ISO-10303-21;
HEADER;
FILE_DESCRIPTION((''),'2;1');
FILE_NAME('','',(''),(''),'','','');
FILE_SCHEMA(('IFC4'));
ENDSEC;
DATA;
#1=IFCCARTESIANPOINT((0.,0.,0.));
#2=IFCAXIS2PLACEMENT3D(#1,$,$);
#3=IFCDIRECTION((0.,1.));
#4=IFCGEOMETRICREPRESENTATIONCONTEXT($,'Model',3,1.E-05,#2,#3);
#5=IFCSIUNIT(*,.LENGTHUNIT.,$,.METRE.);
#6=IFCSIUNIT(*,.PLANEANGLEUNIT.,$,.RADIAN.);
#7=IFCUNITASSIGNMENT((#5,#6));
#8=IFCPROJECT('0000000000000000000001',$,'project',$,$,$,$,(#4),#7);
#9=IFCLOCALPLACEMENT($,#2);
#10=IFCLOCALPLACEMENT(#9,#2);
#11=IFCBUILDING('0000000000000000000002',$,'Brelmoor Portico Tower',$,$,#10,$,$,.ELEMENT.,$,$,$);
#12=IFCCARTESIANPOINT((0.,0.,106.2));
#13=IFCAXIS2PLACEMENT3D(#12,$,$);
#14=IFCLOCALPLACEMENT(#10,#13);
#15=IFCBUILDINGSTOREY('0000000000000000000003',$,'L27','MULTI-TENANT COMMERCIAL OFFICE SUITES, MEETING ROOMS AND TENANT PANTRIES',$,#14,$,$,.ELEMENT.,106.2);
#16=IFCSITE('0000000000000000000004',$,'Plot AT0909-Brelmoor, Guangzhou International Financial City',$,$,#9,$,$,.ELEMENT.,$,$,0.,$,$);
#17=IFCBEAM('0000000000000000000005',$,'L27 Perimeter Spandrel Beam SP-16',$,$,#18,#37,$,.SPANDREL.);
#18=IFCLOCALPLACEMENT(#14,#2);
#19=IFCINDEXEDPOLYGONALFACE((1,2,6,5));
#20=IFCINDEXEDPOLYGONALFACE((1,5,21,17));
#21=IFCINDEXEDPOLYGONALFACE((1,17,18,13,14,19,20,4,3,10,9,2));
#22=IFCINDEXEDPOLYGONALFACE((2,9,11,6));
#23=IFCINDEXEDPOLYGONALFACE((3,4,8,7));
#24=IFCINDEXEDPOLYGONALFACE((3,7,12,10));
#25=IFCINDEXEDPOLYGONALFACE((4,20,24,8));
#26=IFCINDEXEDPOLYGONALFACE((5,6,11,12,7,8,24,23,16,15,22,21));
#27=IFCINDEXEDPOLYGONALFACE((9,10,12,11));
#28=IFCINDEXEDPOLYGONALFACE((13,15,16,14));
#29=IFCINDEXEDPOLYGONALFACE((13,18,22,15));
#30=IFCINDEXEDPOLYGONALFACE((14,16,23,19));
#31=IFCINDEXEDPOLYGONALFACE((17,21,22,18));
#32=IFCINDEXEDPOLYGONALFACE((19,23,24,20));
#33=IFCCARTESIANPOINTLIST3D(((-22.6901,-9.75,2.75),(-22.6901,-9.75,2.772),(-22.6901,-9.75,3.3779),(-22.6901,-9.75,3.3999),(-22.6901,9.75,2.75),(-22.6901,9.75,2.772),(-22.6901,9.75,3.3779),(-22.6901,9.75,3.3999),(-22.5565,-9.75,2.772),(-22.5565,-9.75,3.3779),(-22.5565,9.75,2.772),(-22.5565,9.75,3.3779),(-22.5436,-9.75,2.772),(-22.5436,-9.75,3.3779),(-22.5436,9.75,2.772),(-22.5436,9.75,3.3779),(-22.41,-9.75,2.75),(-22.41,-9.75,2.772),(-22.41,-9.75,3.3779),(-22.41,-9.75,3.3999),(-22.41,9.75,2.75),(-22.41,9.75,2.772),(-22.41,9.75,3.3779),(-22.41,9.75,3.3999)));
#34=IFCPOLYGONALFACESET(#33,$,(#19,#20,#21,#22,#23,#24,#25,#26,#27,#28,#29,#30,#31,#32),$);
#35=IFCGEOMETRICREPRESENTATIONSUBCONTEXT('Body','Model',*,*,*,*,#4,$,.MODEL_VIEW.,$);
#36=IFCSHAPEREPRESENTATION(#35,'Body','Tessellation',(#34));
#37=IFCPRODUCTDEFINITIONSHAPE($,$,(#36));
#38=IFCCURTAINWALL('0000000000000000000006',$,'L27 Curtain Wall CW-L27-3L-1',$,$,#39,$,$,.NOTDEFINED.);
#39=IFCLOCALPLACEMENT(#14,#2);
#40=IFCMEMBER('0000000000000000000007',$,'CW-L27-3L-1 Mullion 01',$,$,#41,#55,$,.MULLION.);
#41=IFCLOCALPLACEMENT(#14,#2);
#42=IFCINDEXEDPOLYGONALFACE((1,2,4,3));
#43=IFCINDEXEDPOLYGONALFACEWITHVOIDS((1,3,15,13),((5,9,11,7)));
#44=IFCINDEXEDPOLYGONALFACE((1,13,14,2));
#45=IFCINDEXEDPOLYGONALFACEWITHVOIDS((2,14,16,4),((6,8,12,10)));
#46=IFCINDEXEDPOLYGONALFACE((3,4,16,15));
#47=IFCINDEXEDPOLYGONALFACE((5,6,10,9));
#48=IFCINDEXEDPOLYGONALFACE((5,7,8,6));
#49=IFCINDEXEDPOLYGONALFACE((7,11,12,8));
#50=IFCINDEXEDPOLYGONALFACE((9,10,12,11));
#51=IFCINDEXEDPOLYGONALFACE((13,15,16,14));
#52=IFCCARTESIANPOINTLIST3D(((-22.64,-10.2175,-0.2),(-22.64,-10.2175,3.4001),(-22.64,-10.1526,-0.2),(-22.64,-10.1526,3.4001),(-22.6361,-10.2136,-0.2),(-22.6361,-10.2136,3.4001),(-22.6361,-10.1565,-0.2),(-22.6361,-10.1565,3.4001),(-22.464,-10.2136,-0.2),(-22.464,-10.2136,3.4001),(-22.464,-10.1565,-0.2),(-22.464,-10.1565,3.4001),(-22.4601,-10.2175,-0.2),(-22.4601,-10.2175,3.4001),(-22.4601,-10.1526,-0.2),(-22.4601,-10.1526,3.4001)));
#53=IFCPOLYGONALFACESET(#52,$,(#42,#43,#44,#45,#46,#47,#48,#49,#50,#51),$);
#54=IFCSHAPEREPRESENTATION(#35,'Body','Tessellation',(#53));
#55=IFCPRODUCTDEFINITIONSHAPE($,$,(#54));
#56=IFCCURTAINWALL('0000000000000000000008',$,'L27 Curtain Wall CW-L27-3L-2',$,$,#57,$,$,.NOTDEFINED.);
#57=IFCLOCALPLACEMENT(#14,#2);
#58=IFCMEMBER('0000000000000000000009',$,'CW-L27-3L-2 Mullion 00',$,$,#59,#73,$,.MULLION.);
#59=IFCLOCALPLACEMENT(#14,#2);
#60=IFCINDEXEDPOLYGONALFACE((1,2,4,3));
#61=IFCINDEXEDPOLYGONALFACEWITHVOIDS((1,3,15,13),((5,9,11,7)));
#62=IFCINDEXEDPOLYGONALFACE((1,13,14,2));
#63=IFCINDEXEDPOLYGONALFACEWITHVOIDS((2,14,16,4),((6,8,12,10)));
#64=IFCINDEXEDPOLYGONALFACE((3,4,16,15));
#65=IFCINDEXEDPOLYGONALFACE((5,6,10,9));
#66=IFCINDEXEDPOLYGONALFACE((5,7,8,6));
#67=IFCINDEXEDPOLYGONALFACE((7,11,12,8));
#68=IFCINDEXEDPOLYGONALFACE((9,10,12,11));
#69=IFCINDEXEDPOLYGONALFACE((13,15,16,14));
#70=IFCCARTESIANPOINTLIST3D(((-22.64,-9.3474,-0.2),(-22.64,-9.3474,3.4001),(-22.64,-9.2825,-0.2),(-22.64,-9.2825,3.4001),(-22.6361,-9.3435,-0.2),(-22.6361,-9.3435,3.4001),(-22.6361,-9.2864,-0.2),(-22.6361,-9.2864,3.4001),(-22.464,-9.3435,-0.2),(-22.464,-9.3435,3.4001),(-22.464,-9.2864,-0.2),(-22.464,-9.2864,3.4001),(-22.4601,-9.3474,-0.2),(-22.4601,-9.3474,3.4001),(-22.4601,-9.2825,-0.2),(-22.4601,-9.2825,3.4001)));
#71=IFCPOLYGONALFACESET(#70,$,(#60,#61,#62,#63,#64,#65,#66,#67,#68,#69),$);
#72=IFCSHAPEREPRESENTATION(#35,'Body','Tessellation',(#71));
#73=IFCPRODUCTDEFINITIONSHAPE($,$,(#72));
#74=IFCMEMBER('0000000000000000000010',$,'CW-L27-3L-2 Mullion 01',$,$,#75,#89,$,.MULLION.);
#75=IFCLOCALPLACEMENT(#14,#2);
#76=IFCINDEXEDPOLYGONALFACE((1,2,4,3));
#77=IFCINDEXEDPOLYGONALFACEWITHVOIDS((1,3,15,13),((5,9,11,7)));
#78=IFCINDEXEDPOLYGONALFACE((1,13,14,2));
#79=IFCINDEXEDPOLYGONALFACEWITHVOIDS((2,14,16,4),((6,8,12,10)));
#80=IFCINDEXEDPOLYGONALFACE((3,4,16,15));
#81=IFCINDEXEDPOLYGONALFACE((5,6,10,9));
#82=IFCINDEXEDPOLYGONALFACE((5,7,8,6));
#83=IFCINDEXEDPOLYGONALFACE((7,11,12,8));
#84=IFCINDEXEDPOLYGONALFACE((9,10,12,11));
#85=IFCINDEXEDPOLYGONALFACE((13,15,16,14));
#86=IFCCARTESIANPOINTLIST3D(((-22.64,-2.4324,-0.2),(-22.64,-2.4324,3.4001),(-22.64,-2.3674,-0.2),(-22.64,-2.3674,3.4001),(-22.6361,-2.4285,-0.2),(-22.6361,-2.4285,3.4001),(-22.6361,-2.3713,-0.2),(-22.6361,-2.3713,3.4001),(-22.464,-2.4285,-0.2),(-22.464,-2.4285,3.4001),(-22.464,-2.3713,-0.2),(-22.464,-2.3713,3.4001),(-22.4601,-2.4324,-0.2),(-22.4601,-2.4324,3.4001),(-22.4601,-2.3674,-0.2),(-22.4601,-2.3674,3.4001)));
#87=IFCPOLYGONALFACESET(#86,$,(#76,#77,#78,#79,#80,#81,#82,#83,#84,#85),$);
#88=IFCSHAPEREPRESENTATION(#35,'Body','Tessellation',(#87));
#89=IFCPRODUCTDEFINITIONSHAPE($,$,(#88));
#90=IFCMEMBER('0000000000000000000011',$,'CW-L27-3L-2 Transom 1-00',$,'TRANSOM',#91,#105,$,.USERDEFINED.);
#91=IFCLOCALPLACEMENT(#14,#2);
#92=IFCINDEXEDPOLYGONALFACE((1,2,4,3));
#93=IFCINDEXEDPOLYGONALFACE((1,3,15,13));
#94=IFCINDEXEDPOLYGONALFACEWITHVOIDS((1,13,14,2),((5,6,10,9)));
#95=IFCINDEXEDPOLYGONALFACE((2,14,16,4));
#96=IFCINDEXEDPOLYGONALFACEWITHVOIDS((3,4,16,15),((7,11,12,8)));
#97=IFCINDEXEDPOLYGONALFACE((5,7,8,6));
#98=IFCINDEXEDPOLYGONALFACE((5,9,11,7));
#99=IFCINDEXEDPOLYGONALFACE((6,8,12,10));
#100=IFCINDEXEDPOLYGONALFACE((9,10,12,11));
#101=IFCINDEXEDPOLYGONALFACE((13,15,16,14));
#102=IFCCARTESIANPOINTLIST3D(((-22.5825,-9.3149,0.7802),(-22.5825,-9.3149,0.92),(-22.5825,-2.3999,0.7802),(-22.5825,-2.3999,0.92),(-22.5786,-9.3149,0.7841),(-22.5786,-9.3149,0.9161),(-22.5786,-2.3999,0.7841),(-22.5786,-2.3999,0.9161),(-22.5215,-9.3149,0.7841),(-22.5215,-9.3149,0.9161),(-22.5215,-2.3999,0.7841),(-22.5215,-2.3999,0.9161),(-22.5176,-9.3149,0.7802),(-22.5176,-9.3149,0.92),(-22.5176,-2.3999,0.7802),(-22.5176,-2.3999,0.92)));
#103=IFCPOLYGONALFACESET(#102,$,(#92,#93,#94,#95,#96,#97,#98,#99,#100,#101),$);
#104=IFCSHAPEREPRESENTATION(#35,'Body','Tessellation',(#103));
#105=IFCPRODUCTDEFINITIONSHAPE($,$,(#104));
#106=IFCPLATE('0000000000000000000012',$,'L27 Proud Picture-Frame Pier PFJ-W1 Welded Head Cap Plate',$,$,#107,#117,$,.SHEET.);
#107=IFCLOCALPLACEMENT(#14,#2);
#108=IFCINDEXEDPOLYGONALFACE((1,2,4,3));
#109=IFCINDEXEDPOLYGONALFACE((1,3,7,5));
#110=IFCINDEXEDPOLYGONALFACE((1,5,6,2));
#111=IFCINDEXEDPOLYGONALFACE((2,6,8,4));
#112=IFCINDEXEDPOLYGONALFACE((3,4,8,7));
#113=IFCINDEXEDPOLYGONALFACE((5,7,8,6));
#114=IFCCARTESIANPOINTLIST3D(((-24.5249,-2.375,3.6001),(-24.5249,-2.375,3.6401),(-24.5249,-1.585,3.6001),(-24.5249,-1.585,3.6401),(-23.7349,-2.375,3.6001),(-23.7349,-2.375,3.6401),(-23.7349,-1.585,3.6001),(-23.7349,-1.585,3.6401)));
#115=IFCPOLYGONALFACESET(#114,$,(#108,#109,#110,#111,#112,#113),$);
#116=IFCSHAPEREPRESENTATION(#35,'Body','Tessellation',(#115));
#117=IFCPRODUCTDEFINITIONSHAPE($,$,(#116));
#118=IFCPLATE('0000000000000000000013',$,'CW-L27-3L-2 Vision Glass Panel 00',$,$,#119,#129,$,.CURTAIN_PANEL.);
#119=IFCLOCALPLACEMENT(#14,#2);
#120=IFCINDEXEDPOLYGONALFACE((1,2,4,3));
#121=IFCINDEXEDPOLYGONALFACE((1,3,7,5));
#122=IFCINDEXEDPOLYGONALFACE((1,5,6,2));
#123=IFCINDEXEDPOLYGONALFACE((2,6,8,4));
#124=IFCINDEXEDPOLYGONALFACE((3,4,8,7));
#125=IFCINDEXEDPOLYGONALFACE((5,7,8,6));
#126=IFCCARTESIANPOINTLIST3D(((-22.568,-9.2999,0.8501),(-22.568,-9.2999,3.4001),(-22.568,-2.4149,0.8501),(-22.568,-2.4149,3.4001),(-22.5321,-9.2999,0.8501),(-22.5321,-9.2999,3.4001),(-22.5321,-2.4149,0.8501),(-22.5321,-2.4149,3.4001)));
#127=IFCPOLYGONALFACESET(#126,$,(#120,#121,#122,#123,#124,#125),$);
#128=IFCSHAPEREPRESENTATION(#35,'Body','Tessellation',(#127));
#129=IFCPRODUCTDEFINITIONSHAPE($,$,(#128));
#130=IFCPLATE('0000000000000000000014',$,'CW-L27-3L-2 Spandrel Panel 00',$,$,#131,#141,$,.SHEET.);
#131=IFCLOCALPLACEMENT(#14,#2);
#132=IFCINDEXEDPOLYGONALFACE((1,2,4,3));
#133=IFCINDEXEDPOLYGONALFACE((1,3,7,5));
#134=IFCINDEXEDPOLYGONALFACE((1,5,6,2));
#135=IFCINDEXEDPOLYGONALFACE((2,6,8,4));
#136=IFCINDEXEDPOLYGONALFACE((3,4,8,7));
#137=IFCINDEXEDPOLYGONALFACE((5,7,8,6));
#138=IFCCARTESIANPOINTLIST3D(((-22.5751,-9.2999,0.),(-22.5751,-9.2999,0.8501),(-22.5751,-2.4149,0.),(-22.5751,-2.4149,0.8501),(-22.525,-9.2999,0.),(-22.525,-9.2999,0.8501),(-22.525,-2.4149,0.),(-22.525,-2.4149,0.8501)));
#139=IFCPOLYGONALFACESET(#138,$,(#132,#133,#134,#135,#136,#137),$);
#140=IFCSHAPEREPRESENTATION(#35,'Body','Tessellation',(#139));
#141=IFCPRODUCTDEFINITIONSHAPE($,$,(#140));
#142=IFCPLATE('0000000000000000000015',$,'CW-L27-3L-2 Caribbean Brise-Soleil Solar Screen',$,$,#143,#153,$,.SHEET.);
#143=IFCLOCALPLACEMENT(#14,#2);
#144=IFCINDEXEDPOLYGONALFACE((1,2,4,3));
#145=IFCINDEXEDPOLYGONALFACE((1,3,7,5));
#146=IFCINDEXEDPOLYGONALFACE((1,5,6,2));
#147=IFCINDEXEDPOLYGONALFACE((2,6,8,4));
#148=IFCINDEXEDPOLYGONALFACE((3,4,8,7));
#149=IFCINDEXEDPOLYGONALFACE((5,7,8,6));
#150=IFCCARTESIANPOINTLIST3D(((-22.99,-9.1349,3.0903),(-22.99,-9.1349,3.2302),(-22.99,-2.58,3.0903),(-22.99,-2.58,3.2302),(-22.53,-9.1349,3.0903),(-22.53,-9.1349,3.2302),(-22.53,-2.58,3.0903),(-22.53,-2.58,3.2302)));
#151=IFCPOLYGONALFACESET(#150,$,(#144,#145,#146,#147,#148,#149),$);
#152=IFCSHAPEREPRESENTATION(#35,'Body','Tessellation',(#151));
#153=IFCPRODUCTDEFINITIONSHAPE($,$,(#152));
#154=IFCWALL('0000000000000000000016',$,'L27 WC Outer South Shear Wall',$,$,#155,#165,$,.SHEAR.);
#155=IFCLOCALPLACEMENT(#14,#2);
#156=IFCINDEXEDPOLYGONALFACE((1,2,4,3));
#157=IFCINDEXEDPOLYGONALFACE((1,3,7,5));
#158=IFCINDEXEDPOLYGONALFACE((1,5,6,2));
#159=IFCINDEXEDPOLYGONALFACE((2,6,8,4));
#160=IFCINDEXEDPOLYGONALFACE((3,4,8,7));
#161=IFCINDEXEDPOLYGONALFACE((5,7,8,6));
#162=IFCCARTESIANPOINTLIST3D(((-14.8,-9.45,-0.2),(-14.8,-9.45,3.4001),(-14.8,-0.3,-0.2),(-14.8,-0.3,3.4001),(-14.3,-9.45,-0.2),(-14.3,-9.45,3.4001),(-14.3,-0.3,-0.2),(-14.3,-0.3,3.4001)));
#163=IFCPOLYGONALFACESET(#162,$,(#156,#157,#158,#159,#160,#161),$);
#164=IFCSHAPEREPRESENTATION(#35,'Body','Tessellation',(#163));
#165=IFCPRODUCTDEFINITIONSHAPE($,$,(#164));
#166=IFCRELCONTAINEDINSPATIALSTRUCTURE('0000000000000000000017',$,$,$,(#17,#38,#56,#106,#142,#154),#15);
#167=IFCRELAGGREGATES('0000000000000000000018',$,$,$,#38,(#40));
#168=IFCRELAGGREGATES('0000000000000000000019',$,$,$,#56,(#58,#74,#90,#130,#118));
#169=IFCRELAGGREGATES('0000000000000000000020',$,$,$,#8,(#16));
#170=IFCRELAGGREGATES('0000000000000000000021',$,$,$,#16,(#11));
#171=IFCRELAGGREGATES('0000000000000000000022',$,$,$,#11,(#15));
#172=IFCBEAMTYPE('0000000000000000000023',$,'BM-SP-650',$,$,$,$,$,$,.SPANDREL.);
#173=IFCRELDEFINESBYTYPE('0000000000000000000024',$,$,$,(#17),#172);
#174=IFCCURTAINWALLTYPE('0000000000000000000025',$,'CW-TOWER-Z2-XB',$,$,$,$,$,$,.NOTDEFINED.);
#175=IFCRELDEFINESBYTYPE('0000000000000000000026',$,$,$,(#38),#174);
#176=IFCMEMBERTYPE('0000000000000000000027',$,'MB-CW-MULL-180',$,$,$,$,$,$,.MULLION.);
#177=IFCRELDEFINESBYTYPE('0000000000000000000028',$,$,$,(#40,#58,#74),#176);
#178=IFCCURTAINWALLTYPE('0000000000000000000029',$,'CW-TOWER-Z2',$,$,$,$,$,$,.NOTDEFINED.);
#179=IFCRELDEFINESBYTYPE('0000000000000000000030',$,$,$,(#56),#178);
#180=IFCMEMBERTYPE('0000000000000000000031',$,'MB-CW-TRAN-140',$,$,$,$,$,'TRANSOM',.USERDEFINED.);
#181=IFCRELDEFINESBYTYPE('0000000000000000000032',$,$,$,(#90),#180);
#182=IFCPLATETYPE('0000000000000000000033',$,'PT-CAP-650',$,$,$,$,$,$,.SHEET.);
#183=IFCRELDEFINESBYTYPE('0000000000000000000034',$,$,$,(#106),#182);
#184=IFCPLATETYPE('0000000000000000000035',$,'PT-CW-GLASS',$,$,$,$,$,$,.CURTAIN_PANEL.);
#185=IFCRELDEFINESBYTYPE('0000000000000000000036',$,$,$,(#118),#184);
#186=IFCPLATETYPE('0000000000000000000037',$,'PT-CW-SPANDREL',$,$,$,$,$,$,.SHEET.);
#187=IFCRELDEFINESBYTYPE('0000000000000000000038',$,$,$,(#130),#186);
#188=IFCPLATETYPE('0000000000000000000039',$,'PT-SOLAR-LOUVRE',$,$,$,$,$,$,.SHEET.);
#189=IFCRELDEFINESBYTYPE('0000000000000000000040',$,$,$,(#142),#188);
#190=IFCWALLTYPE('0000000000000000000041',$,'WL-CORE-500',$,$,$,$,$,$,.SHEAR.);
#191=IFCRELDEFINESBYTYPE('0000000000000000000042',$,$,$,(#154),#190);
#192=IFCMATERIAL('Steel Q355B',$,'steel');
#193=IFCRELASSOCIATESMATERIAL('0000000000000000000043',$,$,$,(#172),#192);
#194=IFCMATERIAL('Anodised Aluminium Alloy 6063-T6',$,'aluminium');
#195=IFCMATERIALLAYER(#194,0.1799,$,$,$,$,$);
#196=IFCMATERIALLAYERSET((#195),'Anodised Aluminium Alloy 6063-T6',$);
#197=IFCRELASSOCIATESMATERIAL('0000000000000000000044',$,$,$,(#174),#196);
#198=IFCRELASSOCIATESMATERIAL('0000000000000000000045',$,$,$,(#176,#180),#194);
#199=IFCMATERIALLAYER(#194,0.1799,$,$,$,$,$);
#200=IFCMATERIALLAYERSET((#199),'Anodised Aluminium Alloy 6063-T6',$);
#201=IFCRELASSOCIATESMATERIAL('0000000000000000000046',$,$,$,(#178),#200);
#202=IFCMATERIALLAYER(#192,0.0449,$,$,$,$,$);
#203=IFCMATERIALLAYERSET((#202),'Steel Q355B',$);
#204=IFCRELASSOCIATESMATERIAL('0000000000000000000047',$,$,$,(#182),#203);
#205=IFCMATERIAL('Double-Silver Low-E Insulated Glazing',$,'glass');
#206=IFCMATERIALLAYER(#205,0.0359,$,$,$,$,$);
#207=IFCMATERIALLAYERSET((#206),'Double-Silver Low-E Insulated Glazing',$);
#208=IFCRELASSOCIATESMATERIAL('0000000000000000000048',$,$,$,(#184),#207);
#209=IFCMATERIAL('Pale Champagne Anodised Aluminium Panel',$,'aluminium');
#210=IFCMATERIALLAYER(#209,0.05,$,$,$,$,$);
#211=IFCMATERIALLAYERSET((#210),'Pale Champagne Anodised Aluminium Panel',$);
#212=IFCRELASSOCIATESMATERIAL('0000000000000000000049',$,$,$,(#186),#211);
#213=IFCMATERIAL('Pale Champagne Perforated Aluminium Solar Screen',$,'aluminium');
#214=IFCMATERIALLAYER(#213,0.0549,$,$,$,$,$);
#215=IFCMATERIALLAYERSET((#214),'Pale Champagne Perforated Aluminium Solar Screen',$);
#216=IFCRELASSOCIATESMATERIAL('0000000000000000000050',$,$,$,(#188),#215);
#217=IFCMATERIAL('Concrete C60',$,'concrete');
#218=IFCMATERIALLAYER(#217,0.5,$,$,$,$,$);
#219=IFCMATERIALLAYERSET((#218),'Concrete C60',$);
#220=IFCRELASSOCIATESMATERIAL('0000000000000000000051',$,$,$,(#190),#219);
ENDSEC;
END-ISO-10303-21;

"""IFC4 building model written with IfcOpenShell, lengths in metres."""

from ifc_helpers import new_model, si_unit, direction, frame, frame_2d, origin, origin_2d, place, context, subcontext, project, spatial, rectangle, hollow_rectangle, i_section, extrude, material, layer, layer_set, material_profile, profile_set, type_object, element, aggregate, save


model = new_model("IFC4")

# Units and contexts
model_context = context("Model", 3, precision=1e-05, world=origin(), true_north=direction((0.0, 1.0)))
body_context = subcontext(model_context, "Body", "Model", "MODEL_VIEW")
ifc_project = project(units=[si_unit("LENGTHUNIT", "METRE"), si_unit("PLANEANGLEUNIT", "RADIAN")], contexts=[model_context])

# Site, building, storey
site_placement = place(None, origin())
site = spatial("IfcSite", under=ifc_project, at=site_placement, Name="Plot AT0909-Brelmoor, Guangzhou International Financial City", CompositionType="ELEMENT", RefElevation=0.0)
building_placement = place(site_placement, origin())
building = spatial("IfcBuilding", under=site, at=building_placement, Name="Brelmoor Portico Tower", CompositionType="ELEMENT")
storey_placement = place(building_placement, frame((0.0, 0.0, 106.2)))
storey = spatial("IfcBuildingStorey", under=building, at=storey_placement, Name="L27", Description="MULTI-TENANT COMMERCIAL OFFICE SUITES, MEETING ROOMS AND TENANT PANTRIES", CompositionType="ELEMENT", Elevation=106.2)

# Shared definitions
ifc_material_1 = material(Name="Steel Q355B", Category="steel")

# Beam
ifc_material_profile_1 = material_profile(ifc_material_1, i_section(OverallWidth=0.28, OverallDepth=0.6499, WebThickness=0.0129, FlangeThickness=0.022, at=origin_2d()), Name="HN 650x280x13x22")
ifc_profile_set_1 = profile_set([ifc_material_profile_1], Name="Steel Q355B")
beam_type_1 = type_object("IfcBeamType", Name="BM-SP-650", PredefinedType="SPANDREL", material=ifc_profile_set_1)
beam_1_placement = place(storey_placement, frame((-22.55, -9.75, 3.075), z_axis=(0.0, 1.0, 0.0), x_axis=(-1.0, 0.0, 0.0)))
element("IfcBeam", 1, at=beam_1_placement, inside=storey, type_object=beam_type_1, Name="L27 Perimeter Spandrel Beam SP-16", PredefinedType="SPANDREL", context=body_context, shape_type="SweptSolid", body=[
    extrude(i_section(OverallWidth=0.28, OverallDepth=0.6499, WebThickness=0.0129, FlangeThickness=0.022, at=origin_2d()), origin(), (0.0, 0.0, 1.0), 19.5),
])

# Curtain wall, member
ifc_material_2 = material(Name="Anodised Aluminium Alloy 6063-T6", Category="aluminium")
ifc_layer_1 = layer(ifc_material_2, 0.1799)
ifc_layer_set_1 = layer_set([ifc_layer_1], Name="Anodised Aluminium Alloy 6063-T6")
curtain_wall_type_1 = type_object("IfcCurtainWallType", Name="CW-TOWER-Z2-XB", PredefinedType="NOTDEFINED", material=ifc_layer_set_1)
curtain_wall_1_placement = place(storey_placement, origin())
curtain_wall_1 = element("IfcCurtainWall", 2, at=curtain_wall_1_placement, inside=storey, type_object=curtain_wall_type_1, Name="L27 Curtain Wall CW-L27-3L-1", PredefinedType="NOTDEFINED")
ifc_material_profile_2 = material_profile(ifc_material_2, hollow_rectangle(XDim=0.0649, YDim=0.1799, WallThickness=0.0039, at=origin_2d()), Name="ALU MULLION 65x180")
ifc_profile_set_2 = profile_set([ifc_material_profile_2], Name="Anodised Aluminium Alloy 6063-T6")
member_type_1 = type_object("IfcMemberType", Name="MB-CW-MULL-180", PredefinedType="MULLION", material=ifc_profile_set_2)
member_1_placement = place(storey_placement, frame((-22.55, -10.1851, -0.2), z_axis=(0.0, 0.0, 1.0), x_axis=(0.0, 1.0, 0.0)))
member_1 = element("IfcMember", 3, at=member_1_placement, type_object=member_type_1, Name="CW-L27-3L-1 Mullion 01", PredefinedType="MULLION", context=body_context, shape_type="SweptSolid", body=[
    extrude(hollow_rectangle(XDim=0.0649, YDim=0.1799, WallThickness=0.0039, at=origin_2d()), origin(), (0.0, 0.0, 1.0), 3.6001),
])
aggregate(curtain_wall_1, [member_1])

# Curtain wall, members
ifc_layer_2 = layer(ifc_material_2, 0.1799)
ifc_layer_set_2 = layer_set([ifc_layer_2], Name="Anodised Aluminium Alloy 6063-T6")
curtain_wall_type_2 = type_object("IfcCurtainWallType", Name="CW-TOWER-Z2", PredefinedType="NOTDEFINED", material=ifc_layer_set_2)
curtain_wall_2_placement = place(storey_placement, origin())
curtain_wall_2 = element("IfcCurtainWall", 4, at=curtain_wall_2_placement, inside=storey, type_object=curtain_wall_type_2, Name="L27 Curtain Wall CW-L27-3L-2", PredefinedType="NOTDEFINED")
member_2_placement = place(storey_placement, frame((-22.55, -9.3149, -0.2), z_axis=(0.0, 0.0, 1.0), x_axis=(0.0, 1.0, 0.0)))
member_2 = element("IfcMember", 5, at=member_2_placement, type_object=member_type_1, Name="CW-L27-3L-2 Mullion 00", PredefinedType="MULLION", context=body_context, shape_type="SweptSolid", body=[
    extrude(hollow_rectangle(XDim=0.0649, YDim=0.1799, WallThickness=0.0039, at=origin_2d()), origin(), (0.0, 0.0, 1.0), 3.6001),
])
member_3_placement = place(storey_placement, frame((-22.55, -2.3999, -0.2), z_axis=(0.0, 0.0, 1.0), x_axis=(0.0, 1.0, 0.0)))
member_3 = element("IfcMember", 6, at=member_3_placement, type_object=member_type_1, Name="CW-L27-3L-2 Mullion 01", PredefinedType="MULLION", context=body_context, shape_type="SweptSolid", body=[
    extrude(hollow_rectangle(XDim=0.0649, YDim=0.1799, WallThickness=0.0039, at=origin_2d()), origin(), (0.0, 0.0, 1.0), 3.6001),
])
ifc_material_profile_3 = material_profile(ifc_material_2, hollow_rectangle(XDim=0.0649, YDim=0.1399, WallThickness=0.0039, at=origin_2d()), Name="ALU TRANSOM 65x140")
ifc_profile_set_3 = profile_set([ifc_material_profile_3], Name="Anodised Aluminium Alloy 6063-T6")
member_type_2 = type_object("IfcMemberType", Name="MB-CW-TRAN-140", ElementType="TRANSOM", PredefinedType="USERDEFINED", material=ifc_profile_set_3)
member_4_placement = place(storey_placement, frame((-22.55, -9.3149, 0.8501), z_axis=(0.0, 1.0, 0.0), x_axis=(-1.0, 0.0, 0.0)))
member_4 = element("IfcMember", 7, at=member_4_placement, type_object=member_type_2, Name="CW-L27-3L-2 Transom 1-00", ObjectType="TRANSOM", PredefinedType="USERDEFINED", context=body_context, shape_type="SweptSolid", body=[
    extrude(hollow_rectangle(XDim=0.0649, YDim=0.1399, WallThickness=0.0039, at=origin_2d()), origin(), (0.0, 0.0, 1.0), 6.915),
])

# Plates
ifc_layer_3 = layer(ifc_material_1, 0.0449)
ifc_layer_set_3 = layer_set([ifc_layer_3], Name="Steel Q355B")
plate_type_1 = type_object("IfcPlateType", Name="PT-CAP-650", PredefinedType="SHEET", material=ifc_layer_set_3)
plate_1_placement = place(storey_placement, frame((-24.1299, -1.98, 3.6001), z_axis=(0.0, 0.0, 1.0), x_axis=(0.0, 1.0, 0.0)))
element("IfcPlate", 8, at=plate_1_placement, inside=storey, type_object=plate_type_1, Name="L27 Proud Picture-Frame Pier PFJ-W1 Welded Head Cap Plate", PredefinedType="SHEET", context=body_context, shape_type="SweptSolid", body=[
    extrude(rectangle(XDim=0.79, YDim=0.79, at=origin_2d()), origin(), (0.0, 0.0, 1.0), 0.04),
])
ifc_material_3 = material(Name="Double-Silver Low-E Insulated Glazing", Category="glass")
ifc_layer_4 = layer(ifc_material_3, 0.0359)
ifc_layer_set_4 = layer_set([ifc_layer_4], Name="Double-Silver Low-E Insulated Glazing")
plate_type_2 = type_object("IfcPlateType", Name="PT-CW-GLASS", PredefinedType="CURTAIN_PANEL", material=ifc_layer_set_4)
plate_2_placement = place(storey_placement, frame((-22.55, -5.8574, 0.8501), z_axis=(0.0, 0.0, 1.0), x_axis=(0.0, 1.0, 0.0)))
plate_2 = element("IfcPlate", 9, at=plate_2_placement, type_object=plate_type_2, Name="CW-L27-3L-2 Vision Glass Panel 00", PredefinedType="CURTAIN_PANEL", context=body_context, shape_type="SweptSolid", body=[
    extrude(rectangle(XDim=6.885, YDim=0.0359, at=origin_2d()), origin(), (0.0, 0.0, 1.0), 2.55),
])
ifc_material_4 = material(Name="Pale Champagne Anodised Aluminium Panel", Category="aluminium")
ifc_layer_5 = layer(ifc_material_4, 0.05)
ifc_layer_set_5 = layer_set([ifc_layer_5], Name="Pale Champagne Anodised Aluminium Panel")
plate_type_3 = type_object("IfcPlateType", Name="PT-CW-SPANDREL", PredefinedType="SHEET", material=ifc_layer_set_5)
plate_3_placement = place(storey_placement, frame((-22.55, -5.8574, 0.0), z_axis=(0.0, 0.0, 1.0), x_axis=(0.0, 1.0, 0.0)))
plate_3 = element("IfcPlate", 10, at=plate_3_placement, type_object=plate_type_3, Name="CW-L27-3L-2 Spandrel Panel 00", PredefinedType="SHEET", context=body_context, shape_type="SweptSolid", body=[
    extrude(rectangle(XDim=6.885, YDim=0.05, at=origin_2d()), origin(), (0.0, 0.0, 1.0), 0.8501),
])
aggregate(curtain_wall_2, [member_2, member_3, member_4, plate_3, plate_2])
ifc_material_5 = material(Name="Pale Champagne Perforated Aluminium Solar Screen", Category="aluminium")
ifc_layer_6 = layer(ifc_material_5, 0.0549)
ifc_layer_set_6 = layer_set([ifc_layer_6], Name="Pale Champagne Perforated Aluminium Solar Screen")
plate_type_4 = type_object("IfcPlateType", Name="PT-SOLAR-LOUVRE", PredefinedType="SHEET", material=ifc_layer_set_6)
plate_4_placement = place(storey_placement, frame((-22.76, -5.8574, 3.0903), z_axis=(0.0, 0.0, 1.0), x_axis=(0.0, 1.0, 0.0)))
element("IfcPlate", 11, at=plate_4_placement, inside=storey, type_object=plate_type_4, Name="CW-L27-3L-2 Caribbean Brise-Soleil Solar Screen", PredefinedType="SHEET", context=body_context, shape_type="SweptSolid", body=[
    extrude(rectangle(XDim=6.5549, YDim=0.46, at=origin_2d()), origin(), (0.0, 0.0, 1.0), 0.1399),
])

# Wall
ifc_material_6 = material(Name="Concrete C60", Category="concrete")
ifc_layer_7 = layer(ifc_material_6, 0.5)
ifc_layer_set_7 = layer_set([ifc_layer_7], Name="Concrete C60")
wall_type_1 = type_object("IfcWallType", Name="WL-CORE-500", PredefinedType="SHEAR", material=ifc_layer_set_7)
wall_1_placement = place(storey_placement, frame((-14.55, -9.45, -0.2), z_axis=(0.0, 0.0, 1.0), x_axis=(0.0, 1.0, 0.0)))
element("IfcWall", 12, at=wall_1_placement, inside=storey, type_object=wall_type_1, Name="L27 WC Outer South Shear Wall", PredefinedType="SHEAR", context=body_context, shape_type="SweptSolid", body=[
    extrude(rectangle(XDim=9.1499, YDim=0.5, at=frame_2d((4.575, 0.0))), origin(), (0.0, 0.0, 1.0), 3.6001),
])

save(model, "model.ifc")
